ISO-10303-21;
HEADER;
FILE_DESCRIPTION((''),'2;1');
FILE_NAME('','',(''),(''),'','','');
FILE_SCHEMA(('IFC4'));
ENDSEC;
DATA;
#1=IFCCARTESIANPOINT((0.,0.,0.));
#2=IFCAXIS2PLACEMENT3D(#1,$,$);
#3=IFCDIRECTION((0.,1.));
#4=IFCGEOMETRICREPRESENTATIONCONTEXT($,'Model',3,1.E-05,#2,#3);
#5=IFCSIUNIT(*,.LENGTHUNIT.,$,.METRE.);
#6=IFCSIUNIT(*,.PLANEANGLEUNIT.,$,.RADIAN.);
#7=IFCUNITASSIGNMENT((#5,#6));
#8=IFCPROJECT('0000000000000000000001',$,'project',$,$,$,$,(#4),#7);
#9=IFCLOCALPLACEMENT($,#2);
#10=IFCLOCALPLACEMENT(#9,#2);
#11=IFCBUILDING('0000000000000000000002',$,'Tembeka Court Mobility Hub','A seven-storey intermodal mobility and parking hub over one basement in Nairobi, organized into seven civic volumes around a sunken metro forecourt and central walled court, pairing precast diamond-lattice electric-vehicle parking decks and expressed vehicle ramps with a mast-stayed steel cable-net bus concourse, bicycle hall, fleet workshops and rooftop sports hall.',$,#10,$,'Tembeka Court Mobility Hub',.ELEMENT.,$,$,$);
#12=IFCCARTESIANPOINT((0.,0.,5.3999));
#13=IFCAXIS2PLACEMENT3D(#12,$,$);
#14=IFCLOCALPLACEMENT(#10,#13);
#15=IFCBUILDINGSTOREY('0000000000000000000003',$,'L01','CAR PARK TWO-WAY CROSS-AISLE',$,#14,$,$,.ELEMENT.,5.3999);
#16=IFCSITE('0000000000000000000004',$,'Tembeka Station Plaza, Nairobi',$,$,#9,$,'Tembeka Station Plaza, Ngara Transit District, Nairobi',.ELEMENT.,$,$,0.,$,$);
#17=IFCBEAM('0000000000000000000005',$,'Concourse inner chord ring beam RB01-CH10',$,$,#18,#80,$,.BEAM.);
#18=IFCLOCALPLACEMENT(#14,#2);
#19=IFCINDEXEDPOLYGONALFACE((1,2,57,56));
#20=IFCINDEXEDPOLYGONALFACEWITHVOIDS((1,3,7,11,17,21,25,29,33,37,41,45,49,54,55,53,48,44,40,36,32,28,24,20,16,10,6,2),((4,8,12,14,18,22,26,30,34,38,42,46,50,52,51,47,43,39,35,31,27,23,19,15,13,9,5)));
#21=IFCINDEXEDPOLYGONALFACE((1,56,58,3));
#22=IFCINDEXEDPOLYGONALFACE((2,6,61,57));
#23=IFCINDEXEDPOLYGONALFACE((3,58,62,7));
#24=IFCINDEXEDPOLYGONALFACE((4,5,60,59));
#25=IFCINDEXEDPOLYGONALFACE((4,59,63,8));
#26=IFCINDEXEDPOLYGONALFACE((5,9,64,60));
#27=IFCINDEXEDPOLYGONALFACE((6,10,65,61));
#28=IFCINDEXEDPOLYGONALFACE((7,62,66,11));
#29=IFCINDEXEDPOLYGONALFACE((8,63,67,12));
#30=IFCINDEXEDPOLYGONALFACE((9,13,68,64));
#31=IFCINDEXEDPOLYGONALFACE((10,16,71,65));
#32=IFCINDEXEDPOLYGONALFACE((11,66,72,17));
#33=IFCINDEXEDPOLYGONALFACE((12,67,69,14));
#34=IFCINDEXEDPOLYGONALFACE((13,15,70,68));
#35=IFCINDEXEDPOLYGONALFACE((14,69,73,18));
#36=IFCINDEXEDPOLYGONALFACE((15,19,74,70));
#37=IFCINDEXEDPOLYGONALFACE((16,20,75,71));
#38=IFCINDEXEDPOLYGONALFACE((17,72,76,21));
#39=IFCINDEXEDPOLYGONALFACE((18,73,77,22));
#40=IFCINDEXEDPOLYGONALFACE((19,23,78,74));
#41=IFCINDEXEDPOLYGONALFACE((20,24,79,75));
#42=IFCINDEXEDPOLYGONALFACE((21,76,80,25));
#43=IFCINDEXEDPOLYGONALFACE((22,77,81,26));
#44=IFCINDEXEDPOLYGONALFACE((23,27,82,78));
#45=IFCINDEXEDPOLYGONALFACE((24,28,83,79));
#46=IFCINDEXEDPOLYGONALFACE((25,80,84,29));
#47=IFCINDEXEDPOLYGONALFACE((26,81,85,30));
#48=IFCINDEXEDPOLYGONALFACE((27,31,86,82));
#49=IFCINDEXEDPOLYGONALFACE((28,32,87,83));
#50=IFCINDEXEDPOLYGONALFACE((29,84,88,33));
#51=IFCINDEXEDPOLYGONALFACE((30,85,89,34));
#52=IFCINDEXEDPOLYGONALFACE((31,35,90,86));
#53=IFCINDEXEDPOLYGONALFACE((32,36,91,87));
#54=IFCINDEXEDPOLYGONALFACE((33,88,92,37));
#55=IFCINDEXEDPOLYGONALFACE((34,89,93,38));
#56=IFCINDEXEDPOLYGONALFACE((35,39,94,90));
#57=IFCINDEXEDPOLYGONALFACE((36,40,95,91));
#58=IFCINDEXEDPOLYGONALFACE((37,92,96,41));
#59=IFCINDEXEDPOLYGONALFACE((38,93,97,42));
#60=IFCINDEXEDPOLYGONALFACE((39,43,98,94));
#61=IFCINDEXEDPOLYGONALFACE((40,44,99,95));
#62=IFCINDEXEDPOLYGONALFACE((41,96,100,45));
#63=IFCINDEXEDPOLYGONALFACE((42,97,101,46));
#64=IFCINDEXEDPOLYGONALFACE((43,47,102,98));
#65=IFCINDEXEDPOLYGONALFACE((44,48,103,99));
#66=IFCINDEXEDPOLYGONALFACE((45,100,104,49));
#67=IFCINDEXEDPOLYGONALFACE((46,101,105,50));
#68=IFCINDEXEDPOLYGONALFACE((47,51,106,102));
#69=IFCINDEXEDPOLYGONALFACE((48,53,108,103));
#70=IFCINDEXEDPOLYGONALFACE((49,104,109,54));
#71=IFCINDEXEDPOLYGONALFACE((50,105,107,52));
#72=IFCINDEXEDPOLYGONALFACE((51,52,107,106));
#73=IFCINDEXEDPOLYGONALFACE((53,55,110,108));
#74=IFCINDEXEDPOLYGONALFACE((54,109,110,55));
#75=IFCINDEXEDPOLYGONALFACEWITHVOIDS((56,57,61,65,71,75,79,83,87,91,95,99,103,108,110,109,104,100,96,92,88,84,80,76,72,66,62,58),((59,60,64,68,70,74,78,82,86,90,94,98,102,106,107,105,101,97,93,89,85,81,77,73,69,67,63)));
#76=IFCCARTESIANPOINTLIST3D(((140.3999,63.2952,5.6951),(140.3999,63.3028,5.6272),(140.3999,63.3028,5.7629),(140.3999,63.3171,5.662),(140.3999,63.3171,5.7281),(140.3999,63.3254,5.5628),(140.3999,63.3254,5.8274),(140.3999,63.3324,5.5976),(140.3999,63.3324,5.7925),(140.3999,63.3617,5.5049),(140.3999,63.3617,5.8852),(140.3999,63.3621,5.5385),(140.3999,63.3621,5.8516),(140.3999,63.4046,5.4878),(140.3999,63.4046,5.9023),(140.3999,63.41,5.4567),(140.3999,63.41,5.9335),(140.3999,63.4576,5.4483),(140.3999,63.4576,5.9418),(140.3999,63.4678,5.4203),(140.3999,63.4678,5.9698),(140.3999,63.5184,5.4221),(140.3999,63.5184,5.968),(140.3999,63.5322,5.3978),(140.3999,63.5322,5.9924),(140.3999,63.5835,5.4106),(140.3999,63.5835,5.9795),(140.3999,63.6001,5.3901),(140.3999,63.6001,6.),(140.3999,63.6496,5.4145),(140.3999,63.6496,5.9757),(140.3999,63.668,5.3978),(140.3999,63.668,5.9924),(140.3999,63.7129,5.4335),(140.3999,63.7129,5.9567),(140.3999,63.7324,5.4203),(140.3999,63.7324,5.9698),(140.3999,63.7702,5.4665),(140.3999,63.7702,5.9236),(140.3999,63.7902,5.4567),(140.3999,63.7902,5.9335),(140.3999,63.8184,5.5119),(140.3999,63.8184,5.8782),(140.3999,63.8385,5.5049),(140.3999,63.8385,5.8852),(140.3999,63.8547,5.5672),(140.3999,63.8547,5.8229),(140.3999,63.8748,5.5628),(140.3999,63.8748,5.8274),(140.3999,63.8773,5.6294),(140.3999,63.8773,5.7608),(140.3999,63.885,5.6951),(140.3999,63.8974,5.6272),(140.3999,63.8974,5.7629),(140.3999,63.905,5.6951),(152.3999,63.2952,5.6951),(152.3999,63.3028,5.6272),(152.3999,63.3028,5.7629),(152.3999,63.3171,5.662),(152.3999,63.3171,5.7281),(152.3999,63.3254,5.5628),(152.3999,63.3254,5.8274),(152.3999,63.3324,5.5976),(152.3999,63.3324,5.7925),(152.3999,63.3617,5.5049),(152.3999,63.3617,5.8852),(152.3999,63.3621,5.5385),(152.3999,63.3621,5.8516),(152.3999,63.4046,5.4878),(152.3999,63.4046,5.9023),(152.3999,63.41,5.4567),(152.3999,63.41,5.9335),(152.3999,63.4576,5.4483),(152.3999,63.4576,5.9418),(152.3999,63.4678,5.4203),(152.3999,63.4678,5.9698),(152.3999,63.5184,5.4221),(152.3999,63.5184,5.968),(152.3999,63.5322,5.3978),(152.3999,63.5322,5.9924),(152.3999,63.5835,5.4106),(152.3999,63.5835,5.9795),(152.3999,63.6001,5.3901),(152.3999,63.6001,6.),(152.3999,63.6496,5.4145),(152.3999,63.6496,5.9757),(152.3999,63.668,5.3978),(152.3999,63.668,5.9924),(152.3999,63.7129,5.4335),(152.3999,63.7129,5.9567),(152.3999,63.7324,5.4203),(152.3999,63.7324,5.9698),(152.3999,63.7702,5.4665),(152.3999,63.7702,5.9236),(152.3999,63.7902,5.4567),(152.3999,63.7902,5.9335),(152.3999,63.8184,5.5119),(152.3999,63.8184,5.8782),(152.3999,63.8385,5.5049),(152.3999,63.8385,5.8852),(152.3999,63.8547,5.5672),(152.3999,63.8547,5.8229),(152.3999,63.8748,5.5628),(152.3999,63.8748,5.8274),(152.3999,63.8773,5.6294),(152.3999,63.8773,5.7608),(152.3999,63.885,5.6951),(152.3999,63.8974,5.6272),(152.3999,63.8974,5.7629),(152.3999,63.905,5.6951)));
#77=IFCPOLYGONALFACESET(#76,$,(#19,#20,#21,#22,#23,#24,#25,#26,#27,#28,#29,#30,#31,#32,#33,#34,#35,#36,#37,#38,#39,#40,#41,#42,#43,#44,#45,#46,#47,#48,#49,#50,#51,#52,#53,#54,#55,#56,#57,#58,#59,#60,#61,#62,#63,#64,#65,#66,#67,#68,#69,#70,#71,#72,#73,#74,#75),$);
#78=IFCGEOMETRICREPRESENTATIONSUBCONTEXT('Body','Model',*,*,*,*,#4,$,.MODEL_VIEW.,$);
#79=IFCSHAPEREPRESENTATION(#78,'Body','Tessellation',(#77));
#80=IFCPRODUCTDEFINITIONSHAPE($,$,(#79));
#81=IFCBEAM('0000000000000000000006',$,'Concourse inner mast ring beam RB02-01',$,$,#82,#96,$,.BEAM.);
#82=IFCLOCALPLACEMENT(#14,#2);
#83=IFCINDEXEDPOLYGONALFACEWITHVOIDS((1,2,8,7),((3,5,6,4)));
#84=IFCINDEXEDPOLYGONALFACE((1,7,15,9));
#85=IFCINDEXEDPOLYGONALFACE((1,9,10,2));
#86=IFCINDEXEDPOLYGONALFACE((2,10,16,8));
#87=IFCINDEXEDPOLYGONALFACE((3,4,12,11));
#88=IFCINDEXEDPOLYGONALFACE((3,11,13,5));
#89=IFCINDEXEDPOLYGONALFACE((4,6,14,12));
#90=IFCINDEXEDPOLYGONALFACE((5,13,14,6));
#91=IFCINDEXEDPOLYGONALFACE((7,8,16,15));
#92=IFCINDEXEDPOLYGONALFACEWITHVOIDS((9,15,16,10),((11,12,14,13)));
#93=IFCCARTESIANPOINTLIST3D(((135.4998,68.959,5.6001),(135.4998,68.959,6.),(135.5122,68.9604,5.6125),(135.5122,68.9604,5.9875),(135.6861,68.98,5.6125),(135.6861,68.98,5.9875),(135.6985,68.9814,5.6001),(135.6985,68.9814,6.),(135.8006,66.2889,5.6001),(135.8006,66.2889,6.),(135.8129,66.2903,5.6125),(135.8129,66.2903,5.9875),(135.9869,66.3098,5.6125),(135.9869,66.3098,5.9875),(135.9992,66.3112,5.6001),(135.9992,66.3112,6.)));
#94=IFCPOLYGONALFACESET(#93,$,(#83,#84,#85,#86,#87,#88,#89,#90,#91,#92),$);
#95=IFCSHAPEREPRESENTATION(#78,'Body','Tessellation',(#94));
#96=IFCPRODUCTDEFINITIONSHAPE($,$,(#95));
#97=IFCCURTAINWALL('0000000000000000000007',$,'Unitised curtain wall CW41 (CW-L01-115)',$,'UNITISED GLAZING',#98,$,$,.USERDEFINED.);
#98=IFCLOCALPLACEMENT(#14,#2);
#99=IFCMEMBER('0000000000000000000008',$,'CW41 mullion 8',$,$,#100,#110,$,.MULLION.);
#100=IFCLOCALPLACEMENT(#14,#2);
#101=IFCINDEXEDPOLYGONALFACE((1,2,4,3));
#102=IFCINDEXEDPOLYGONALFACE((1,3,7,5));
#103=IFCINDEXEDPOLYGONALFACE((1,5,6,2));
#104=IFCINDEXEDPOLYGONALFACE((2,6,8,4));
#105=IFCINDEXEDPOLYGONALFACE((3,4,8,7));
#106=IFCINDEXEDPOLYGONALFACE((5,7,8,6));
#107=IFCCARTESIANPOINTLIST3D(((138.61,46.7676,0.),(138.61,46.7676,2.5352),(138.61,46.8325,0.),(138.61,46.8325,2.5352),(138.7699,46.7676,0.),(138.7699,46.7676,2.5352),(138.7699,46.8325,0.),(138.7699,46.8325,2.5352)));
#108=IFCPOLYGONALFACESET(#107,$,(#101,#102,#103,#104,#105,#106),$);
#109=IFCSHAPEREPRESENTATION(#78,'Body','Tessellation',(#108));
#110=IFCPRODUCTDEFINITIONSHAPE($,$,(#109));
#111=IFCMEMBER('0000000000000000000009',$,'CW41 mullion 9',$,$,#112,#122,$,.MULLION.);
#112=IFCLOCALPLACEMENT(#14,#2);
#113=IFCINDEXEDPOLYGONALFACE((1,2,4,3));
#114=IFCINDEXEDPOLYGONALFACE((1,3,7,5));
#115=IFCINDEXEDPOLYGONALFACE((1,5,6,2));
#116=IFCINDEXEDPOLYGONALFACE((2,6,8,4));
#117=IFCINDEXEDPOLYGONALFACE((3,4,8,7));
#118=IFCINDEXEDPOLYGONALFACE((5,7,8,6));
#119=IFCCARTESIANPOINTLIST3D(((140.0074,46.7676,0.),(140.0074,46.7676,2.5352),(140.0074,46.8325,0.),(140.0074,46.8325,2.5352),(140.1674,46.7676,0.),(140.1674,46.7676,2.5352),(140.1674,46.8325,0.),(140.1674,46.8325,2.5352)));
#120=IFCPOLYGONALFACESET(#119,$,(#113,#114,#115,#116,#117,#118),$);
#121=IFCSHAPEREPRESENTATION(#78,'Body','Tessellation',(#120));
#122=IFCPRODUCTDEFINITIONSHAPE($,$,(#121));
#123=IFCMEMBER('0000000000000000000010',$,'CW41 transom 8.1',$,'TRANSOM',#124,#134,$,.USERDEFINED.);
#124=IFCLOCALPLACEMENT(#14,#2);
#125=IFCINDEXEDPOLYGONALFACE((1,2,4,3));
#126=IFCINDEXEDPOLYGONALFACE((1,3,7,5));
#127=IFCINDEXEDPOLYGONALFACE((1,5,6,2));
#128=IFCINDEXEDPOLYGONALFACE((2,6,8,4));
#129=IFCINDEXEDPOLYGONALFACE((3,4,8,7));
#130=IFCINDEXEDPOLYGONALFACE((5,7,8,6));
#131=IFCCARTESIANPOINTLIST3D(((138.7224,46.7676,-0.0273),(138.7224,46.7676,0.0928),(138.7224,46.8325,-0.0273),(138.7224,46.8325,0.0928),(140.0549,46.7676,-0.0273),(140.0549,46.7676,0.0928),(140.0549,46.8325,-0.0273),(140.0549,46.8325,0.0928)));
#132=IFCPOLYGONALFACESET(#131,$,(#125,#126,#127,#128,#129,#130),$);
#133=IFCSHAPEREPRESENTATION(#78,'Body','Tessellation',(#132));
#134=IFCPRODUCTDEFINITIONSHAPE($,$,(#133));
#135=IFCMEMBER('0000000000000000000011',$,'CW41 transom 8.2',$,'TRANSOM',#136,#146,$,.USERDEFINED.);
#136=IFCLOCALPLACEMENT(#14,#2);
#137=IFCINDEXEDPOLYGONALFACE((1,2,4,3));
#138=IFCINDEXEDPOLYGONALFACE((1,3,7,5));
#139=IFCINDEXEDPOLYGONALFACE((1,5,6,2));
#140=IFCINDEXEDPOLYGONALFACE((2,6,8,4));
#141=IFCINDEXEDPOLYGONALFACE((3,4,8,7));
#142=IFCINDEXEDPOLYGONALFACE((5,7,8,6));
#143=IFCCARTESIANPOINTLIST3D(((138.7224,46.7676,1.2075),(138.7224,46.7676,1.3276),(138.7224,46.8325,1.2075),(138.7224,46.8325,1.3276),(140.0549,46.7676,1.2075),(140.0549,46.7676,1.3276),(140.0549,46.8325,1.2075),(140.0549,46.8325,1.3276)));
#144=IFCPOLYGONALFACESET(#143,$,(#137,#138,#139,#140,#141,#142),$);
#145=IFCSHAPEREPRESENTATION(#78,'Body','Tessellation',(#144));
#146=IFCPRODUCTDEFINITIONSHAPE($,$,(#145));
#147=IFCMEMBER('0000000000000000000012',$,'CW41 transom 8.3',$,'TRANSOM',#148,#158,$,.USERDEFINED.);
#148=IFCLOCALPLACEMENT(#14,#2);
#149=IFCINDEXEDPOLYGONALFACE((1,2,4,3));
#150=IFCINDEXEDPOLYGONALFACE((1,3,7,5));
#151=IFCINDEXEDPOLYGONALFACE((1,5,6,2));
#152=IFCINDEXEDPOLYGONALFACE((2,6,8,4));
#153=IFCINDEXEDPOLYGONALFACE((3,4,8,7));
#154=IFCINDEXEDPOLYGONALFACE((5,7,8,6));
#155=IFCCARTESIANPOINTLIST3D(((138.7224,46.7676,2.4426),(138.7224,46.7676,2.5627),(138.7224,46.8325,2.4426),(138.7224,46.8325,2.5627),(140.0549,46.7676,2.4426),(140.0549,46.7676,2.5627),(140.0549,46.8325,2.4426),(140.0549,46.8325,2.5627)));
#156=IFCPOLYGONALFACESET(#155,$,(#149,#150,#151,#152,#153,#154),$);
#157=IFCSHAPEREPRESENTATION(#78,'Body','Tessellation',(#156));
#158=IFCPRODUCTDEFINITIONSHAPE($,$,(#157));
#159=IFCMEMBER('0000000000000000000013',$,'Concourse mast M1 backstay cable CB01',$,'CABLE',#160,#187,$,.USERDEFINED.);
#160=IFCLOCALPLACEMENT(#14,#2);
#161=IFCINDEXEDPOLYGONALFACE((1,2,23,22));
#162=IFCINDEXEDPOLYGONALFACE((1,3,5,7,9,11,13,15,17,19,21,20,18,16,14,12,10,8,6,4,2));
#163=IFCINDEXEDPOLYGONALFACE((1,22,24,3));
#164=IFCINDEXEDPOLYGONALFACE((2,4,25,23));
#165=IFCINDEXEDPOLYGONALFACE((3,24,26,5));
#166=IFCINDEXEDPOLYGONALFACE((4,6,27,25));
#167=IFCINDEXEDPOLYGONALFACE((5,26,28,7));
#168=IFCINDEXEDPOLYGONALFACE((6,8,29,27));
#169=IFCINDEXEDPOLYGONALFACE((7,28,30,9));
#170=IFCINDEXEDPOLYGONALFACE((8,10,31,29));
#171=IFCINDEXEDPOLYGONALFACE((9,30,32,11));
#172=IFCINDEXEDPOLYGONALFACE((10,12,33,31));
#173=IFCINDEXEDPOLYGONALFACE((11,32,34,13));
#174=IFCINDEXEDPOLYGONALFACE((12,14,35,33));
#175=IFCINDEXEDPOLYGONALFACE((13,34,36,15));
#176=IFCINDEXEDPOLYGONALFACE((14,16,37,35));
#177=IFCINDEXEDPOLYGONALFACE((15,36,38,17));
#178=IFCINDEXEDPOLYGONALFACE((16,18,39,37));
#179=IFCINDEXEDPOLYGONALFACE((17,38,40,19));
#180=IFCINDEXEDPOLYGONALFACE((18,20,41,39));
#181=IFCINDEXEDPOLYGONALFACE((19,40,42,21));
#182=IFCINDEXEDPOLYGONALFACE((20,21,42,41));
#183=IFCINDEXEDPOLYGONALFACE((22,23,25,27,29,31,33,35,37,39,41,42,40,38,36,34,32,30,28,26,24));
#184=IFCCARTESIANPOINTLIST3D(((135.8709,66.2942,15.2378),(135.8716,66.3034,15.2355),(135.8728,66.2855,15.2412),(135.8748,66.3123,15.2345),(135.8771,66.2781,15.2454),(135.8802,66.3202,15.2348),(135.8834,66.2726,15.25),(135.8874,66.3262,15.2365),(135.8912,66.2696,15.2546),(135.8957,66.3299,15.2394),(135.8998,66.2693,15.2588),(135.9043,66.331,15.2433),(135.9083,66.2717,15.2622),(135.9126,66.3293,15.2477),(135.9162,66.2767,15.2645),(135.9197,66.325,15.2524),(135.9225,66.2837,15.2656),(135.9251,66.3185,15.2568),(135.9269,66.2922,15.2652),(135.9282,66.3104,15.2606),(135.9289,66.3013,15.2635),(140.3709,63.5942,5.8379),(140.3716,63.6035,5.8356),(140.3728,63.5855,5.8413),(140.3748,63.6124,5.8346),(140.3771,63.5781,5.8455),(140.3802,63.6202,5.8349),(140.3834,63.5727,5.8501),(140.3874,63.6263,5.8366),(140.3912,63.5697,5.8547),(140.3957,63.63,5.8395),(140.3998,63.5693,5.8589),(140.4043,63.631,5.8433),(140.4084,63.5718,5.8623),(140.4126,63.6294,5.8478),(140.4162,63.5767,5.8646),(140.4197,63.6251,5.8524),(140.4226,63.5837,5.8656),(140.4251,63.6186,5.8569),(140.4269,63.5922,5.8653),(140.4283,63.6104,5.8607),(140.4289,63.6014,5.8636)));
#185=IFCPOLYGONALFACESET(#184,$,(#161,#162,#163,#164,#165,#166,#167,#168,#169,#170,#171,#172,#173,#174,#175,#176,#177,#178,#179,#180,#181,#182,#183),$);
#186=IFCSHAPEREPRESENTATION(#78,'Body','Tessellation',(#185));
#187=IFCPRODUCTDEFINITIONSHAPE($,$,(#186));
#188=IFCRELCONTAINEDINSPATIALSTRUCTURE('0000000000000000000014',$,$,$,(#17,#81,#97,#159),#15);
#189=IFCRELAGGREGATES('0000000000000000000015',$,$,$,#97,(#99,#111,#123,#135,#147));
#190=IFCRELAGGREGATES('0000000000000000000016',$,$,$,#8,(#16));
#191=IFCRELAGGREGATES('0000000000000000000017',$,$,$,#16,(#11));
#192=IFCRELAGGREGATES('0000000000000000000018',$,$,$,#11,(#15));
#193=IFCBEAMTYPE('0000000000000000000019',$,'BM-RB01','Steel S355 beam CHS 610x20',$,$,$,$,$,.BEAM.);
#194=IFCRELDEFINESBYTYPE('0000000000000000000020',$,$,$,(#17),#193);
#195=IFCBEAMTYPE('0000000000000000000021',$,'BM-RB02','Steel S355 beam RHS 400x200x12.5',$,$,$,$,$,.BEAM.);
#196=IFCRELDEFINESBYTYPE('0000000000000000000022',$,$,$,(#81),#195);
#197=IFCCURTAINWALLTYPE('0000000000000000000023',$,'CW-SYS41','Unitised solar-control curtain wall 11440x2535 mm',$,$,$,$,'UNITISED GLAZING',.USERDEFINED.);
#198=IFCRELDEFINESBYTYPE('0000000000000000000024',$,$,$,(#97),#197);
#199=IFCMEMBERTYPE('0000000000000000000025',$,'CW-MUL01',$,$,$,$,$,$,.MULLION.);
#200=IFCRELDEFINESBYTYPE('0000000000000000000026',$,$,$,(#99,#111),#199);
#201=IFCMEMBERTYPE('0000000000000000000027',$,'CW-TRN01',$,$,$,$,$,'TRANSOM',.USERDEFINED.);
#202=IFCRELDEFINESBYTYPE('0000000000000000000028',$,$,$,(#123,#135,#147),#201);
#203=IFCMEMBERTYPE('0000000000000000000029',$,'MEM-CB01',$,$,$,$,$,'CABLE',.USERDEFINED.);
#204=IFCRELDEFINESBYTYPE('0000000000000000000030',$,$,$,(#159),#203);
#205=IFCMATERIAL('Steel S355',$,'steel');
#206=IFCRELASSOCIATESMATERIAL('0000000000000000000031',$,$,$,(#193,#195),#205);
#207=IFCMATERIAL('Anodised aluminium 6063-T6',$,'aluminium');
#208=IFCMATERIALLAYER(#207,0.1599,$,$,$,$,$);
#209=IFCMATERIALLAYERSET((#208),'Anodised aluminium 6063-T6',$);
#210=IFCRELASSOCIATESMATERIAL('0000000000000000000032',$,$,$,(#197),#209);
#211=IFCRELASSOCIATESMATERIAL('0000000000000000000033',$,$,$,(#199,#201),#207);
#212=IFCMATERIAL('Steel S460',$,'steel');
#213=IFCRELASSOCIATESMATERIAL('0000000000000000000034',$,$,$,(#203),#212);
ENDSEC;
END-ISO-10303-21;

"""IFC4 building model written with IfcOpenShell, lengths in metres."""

from ifc_helpers import new_model, si_unit, direction, frame, origin, origin_2d, place, context, subcontext, project, spatial, rectangle, hollow_rectangle, circle, hollow_circle, extrude, material, layer, layer_set, material_profile, profile_set, type_object, element, aggregate, save


model = new_model("IFC4")

# Units and contexts
model_context = context("Model", 3, precision=1e-05, world=origin(), true_north=direction((0.0, 1.0)))
body_context = subcontext(model_context, "Body", "Model", "MODEL_VIEW")
ifc_project = project(units=[si_unit("LENGTHUNIT", "METRE"), si_unit("PLANEANGLEUNIT", "RADIAN")], contexts=[model_context])

# Site, building, storey
site_placement = place(None, origin())
site = spatial("IfcSite", under=ifc_project, at=site_placement, Name="Tembeka Station Plaza, Nairobi", LongName="Tembeka Station Plaza, Ngara Transit District, Nairobi", CompositionType="ELEMENT", RefElevation=0.0)
building_placement = place(site_placement, origin())
building = spatial("IfcBuilding", under=site, at=building_placement, Name="Tembeka Court Mobility Hub", Description="A seven-storey intermodal mobility and parking hub over one basement in Nairobi, organized into seven civic volumes around a sunken metro forecourt and central walled court, pairing precast diamond-lattice electric-vehicle parking decks and expressed vehicle ramps with a mast-stayed steel cable-net bus concourse, bicycle hall, fleet workshops and rooftop sports hall.", LongName="Tembeka Court Mobility Hub", CompositionType="ELEMENT")
storey_placement = place(building_placement, frame((0.0, 0.0, 5.3999)))
storey = spatial("IfcBuildingStorey", under=building, at=storey_placement, Name="L01", Description="CAR PARK TWO-WAY CROSS-AISLE", CompositionType="ELEMENT", Elevation=5.3999)

# Shared definitions
ifc_material_1 = material(Name="Steel S355", Category="steel")

# Beams
ifc_material_profile_1 = material_profile(ifc_material_1, hollow_circle(Radius=0.3049, WallThickness=0.02, at=origin_2d()), Name="CHS 610x20")
ifc_profile_set_1 = profile_set([ifc_material_profile_1], Name="Steel S355")
beam_type_1 = type_object("IfcBeamType", Name="BM-RB01", Description="Steel S355 beam CHS 610x20", PredefinedType="BEAM", material=ifc_profile_set_1)
beam_1_placement = place(storey_placement, frame((140.3999, 63.6001, 5.6951), z_axis=(1.0, 0.0, 0.0), x_axis=(0.0, 1.0, 0.0)))
element("IfcBeam", 1, at=beam_1_placement, inside=storey, type_object=beam_type_1, Name="Concourse inner chord ring beam RB01-CH10", PredefinedType="BEAM", context=body_context, shape_type="SweptSolid", body=[
    extrude(hollow_circle(Radius=0.3049, WallThickness=0.02, at=origin_2d()), origin(), (0.0, 0.0, 1.0), 12.0),
])
ifc_material_profile_2 = material_profile(ifc_material_1, hollow_rectangle(XDim=0.2, YDim=0.3999, WallThickness=0.0125, at=origin_2d()), Name="RHS 400x200x12.5")
ifc_profile_set_2 = profile_set([ifc_material_profile_2], Name="Steel S355")
beam_type_2 = type_object("IfcBeamType", Name="BM-RB02", Description="Steel S355 beam RHS 400x200x12.5", PredefinedType="BEAM", material=ifc_profile_set_2)
beam_2_placement = place(storey_placement, frame((135.8999, 66.3, 5.8), z_axis=(-0.111937, 0.993715, 0.0), x_axis=(-0.993715, -0.111937, 0.0)))
element("IfcBeam", 2, at=beam_2_placement, inside=storey, type_object=beam_type_2, Name="Concourse inner mast ring beam RB02-01", PredefinedType="BEAM", context=body_context, shape_type="SweptSolid", body=[
    extrude(hollow_rectangle(XDim=0.2, YDim=0.3999, WallThickness=0.0125, at=origin_2d()), origin(), (0.0, 0.0, 1.0), 2.687),
])

# Curtain wall, members
ifc_material_2 = material(Name="Anodised aluminium 6063-T6", Category="aluminium")
ifc_layer_1 = layer(ifc_material_2, 0.1599)
ifc_layer_set_1 = layer_set([ifc_layer_1], Name="Anodised aluminium 6063-T6")
curtain_wall_type = type_object("IfcCurtainWallType", Name="CW-SYS41", Description="Unitised solar-control curtain wall 11440x2535 mm", ElementType="UNITISED GLAZING", PredefinedType="USERDEFINED", material=ifc_layer_set_1)
curtain_wall_placement = place(storey_placement, origin())
curtain_wall = element("IfcCurtainWall", 3, at=curtain_wall_placement, inside=storey, type_object=curtain_wall_type, Name="Unitised curtain wall CW41 (CW-L01-115)", ObjectType="UNITISED GLAZING", PredefinedType="USERDEFINED")
ifc_material_profile_3 = material_profile(ifc_material_2, rectangle(XDim=0.0649, YDim=0.1599, at=origin_2d()), Name="ALU-MUL 65x160")
ifc_profile_set_3 = profile_set([ifc_material_profile_3], Name="Anodised aluminium 6063-T6")
member_type_1 = type_object("IfcMemberType", Name="CW-MUL01", PredefinedType="MULLION", material=ifc_profile_set_3)
member_1_placement = place(storey_placement, frame((138.6899, 46.8, 0.0), z_axis=(0.0, 0.0, 1.0), x_axis=(0.0, 1.0, 0.0)))
member_1 = element("IfcMember", 4, at=member_1_placement, type_object=member_type_1, Name="CW41 mullion 8", PredefinedType="MULLION", context=body_context, shape_type="SweptSolid", body=[
    extrude(rectangle(XDim=0.0649, YDim=0.1599, at=origin_2d()), origin(), (0.0, 0.0, 1.0), 2.5352),
])
member_2_placement = place(storey_placement, frame((140.0874, 46.8, 0.0), z_axis=(0.0, 0.0, 1.0), x_axis=(0.0, 1.0, 0.0)))
member_2 = element("IfcMember", 5, at=member_2_placement, type_object=member_type_1, Name="CW41 mullion 9", PredefinedType="MULLION", context=body_context, shape_type="SweptSolid", body=[
    extrude(rectangle(XDim=0.0649, YDim=0.1599, at=origin_2d()), origin(), (0.0, 0.0, 1.0), 2.5352),
])
ifc_material_profile_4 = material_profile(ifc_material_2, rectangle(XDim=0.0649, YDim=0.1201, at=origin_2d()), Name="ALU-TRN 65x120")
ifc_profile_set_4 = profile_set([ifc_material_profile_4], Name="Anodised aluminium 6063-T6")
member_type_2 = type_object("IfcMemberType", Name="CW-TRN01", ElementType="TRANSOM", PredefinedType="USERDEFINED", material=ifc_profile_set_4)
member_3_placement = place(storey_placement, frame((138.7224, 46.8, 0.0327), z_axis=(1.0, 0.0, 0.0), x_axis=(0.0, 1.0, 0.0)))
member_3 = element("IfcMember", 6, at=member_3_placement, type_object=member_type_2, Name="CW41 transom 8.1", ObjectType="TRANSOM", PredefinedType="USERDEFINED", context=body_context, shape_type="SweptSolid", body=[
    extrude(rectangle(XDim=0.0649, YDim=0.1201, at=origin_2d()), origin(), (0.0, 0.0, 1.0), 1.3325),
])
member_4_placement = place(storey_placement, frame((138.7224, 46.8, 1.2676), z_axis=(1.0, 0.0, 0.0), x_axis=(0.0, 1.0, 0.0)))
member_4 = element("IfcMember", 7, at=member_4_placement, type_object=member_type_2, Name="CW41 transom 8.2", ObjectType="TRANSOM", PredefinedType="USERDEFINED", context=body_context, shape_type="SweptSolid", body=[
    extrude(rectangle(XDim=0.0649, YDim=0.1201, at=origin_2d()), origin(), (0.0, 0.0, 1.0), 1.3325),
])
member_5_placement = place(storey_placement, frame((138.7224, 46.8, 2.5027), z_axis=(1.0, 0.0, 0.0), x_axis=(0.0, 1.0, 0.0)))
member_5 = element("IfcMember", 8, at=member_5_placement, type_object=member_type_2, Name="CW41 transom 8.3", ObjectType="TRANSOM", PredefinedType="USERDEFINED", context=body_context, shape_type="SweptSolid", body=[
    extrude(rectangle(XDim=0.0649, YDim=0.1201, at=origin_2d()), origin(), (0.0, 0.0, 1.0), 1.3325),
])

# Member
ifc_material_3 = material(Name="Steel S460", Category="steel")
ifc_material_profile_5 = material_profile(ifc_material_3, circle(Radius=0.032, at=origin_2d()), Name="CABLE D64")
ifc_profile_set_5 = profile_set([ifc_material_profile_5], Name="Steel S460")
member_type_3 = type_object("IfcMemberType", Name="MEM-CB01", ElementType="CABLE", PredefinedType="USERDEFINED", material=ifc_profile_set_5)
member_6_placement = place(storey_placement, frame((140.3999, 63.6001, 5.8501), z_axis=(-0.417999, 0.250795, 0.873143), x_axis=(-0.514489, -0.857497, 0.0)))
element("IfcMember", 9, at=member_6_placement, inside=storey, type_object=member_type_3, Name="Concourse mast M1 backstay cable CB01", ObjectType="CABLE", PredefinedType="USERDEFINED", context=body_context, shape_type="SweptSolid", body=[
    extrude(circle(Radius=0.032, at=origin_2d()), origin(), (0.0, 0.0, 1.0), 10.7656),
])

aggregate(curtain_wall, [member_1, member_2, member_3, member_4, member_5])

save(model, "model.ifc")
